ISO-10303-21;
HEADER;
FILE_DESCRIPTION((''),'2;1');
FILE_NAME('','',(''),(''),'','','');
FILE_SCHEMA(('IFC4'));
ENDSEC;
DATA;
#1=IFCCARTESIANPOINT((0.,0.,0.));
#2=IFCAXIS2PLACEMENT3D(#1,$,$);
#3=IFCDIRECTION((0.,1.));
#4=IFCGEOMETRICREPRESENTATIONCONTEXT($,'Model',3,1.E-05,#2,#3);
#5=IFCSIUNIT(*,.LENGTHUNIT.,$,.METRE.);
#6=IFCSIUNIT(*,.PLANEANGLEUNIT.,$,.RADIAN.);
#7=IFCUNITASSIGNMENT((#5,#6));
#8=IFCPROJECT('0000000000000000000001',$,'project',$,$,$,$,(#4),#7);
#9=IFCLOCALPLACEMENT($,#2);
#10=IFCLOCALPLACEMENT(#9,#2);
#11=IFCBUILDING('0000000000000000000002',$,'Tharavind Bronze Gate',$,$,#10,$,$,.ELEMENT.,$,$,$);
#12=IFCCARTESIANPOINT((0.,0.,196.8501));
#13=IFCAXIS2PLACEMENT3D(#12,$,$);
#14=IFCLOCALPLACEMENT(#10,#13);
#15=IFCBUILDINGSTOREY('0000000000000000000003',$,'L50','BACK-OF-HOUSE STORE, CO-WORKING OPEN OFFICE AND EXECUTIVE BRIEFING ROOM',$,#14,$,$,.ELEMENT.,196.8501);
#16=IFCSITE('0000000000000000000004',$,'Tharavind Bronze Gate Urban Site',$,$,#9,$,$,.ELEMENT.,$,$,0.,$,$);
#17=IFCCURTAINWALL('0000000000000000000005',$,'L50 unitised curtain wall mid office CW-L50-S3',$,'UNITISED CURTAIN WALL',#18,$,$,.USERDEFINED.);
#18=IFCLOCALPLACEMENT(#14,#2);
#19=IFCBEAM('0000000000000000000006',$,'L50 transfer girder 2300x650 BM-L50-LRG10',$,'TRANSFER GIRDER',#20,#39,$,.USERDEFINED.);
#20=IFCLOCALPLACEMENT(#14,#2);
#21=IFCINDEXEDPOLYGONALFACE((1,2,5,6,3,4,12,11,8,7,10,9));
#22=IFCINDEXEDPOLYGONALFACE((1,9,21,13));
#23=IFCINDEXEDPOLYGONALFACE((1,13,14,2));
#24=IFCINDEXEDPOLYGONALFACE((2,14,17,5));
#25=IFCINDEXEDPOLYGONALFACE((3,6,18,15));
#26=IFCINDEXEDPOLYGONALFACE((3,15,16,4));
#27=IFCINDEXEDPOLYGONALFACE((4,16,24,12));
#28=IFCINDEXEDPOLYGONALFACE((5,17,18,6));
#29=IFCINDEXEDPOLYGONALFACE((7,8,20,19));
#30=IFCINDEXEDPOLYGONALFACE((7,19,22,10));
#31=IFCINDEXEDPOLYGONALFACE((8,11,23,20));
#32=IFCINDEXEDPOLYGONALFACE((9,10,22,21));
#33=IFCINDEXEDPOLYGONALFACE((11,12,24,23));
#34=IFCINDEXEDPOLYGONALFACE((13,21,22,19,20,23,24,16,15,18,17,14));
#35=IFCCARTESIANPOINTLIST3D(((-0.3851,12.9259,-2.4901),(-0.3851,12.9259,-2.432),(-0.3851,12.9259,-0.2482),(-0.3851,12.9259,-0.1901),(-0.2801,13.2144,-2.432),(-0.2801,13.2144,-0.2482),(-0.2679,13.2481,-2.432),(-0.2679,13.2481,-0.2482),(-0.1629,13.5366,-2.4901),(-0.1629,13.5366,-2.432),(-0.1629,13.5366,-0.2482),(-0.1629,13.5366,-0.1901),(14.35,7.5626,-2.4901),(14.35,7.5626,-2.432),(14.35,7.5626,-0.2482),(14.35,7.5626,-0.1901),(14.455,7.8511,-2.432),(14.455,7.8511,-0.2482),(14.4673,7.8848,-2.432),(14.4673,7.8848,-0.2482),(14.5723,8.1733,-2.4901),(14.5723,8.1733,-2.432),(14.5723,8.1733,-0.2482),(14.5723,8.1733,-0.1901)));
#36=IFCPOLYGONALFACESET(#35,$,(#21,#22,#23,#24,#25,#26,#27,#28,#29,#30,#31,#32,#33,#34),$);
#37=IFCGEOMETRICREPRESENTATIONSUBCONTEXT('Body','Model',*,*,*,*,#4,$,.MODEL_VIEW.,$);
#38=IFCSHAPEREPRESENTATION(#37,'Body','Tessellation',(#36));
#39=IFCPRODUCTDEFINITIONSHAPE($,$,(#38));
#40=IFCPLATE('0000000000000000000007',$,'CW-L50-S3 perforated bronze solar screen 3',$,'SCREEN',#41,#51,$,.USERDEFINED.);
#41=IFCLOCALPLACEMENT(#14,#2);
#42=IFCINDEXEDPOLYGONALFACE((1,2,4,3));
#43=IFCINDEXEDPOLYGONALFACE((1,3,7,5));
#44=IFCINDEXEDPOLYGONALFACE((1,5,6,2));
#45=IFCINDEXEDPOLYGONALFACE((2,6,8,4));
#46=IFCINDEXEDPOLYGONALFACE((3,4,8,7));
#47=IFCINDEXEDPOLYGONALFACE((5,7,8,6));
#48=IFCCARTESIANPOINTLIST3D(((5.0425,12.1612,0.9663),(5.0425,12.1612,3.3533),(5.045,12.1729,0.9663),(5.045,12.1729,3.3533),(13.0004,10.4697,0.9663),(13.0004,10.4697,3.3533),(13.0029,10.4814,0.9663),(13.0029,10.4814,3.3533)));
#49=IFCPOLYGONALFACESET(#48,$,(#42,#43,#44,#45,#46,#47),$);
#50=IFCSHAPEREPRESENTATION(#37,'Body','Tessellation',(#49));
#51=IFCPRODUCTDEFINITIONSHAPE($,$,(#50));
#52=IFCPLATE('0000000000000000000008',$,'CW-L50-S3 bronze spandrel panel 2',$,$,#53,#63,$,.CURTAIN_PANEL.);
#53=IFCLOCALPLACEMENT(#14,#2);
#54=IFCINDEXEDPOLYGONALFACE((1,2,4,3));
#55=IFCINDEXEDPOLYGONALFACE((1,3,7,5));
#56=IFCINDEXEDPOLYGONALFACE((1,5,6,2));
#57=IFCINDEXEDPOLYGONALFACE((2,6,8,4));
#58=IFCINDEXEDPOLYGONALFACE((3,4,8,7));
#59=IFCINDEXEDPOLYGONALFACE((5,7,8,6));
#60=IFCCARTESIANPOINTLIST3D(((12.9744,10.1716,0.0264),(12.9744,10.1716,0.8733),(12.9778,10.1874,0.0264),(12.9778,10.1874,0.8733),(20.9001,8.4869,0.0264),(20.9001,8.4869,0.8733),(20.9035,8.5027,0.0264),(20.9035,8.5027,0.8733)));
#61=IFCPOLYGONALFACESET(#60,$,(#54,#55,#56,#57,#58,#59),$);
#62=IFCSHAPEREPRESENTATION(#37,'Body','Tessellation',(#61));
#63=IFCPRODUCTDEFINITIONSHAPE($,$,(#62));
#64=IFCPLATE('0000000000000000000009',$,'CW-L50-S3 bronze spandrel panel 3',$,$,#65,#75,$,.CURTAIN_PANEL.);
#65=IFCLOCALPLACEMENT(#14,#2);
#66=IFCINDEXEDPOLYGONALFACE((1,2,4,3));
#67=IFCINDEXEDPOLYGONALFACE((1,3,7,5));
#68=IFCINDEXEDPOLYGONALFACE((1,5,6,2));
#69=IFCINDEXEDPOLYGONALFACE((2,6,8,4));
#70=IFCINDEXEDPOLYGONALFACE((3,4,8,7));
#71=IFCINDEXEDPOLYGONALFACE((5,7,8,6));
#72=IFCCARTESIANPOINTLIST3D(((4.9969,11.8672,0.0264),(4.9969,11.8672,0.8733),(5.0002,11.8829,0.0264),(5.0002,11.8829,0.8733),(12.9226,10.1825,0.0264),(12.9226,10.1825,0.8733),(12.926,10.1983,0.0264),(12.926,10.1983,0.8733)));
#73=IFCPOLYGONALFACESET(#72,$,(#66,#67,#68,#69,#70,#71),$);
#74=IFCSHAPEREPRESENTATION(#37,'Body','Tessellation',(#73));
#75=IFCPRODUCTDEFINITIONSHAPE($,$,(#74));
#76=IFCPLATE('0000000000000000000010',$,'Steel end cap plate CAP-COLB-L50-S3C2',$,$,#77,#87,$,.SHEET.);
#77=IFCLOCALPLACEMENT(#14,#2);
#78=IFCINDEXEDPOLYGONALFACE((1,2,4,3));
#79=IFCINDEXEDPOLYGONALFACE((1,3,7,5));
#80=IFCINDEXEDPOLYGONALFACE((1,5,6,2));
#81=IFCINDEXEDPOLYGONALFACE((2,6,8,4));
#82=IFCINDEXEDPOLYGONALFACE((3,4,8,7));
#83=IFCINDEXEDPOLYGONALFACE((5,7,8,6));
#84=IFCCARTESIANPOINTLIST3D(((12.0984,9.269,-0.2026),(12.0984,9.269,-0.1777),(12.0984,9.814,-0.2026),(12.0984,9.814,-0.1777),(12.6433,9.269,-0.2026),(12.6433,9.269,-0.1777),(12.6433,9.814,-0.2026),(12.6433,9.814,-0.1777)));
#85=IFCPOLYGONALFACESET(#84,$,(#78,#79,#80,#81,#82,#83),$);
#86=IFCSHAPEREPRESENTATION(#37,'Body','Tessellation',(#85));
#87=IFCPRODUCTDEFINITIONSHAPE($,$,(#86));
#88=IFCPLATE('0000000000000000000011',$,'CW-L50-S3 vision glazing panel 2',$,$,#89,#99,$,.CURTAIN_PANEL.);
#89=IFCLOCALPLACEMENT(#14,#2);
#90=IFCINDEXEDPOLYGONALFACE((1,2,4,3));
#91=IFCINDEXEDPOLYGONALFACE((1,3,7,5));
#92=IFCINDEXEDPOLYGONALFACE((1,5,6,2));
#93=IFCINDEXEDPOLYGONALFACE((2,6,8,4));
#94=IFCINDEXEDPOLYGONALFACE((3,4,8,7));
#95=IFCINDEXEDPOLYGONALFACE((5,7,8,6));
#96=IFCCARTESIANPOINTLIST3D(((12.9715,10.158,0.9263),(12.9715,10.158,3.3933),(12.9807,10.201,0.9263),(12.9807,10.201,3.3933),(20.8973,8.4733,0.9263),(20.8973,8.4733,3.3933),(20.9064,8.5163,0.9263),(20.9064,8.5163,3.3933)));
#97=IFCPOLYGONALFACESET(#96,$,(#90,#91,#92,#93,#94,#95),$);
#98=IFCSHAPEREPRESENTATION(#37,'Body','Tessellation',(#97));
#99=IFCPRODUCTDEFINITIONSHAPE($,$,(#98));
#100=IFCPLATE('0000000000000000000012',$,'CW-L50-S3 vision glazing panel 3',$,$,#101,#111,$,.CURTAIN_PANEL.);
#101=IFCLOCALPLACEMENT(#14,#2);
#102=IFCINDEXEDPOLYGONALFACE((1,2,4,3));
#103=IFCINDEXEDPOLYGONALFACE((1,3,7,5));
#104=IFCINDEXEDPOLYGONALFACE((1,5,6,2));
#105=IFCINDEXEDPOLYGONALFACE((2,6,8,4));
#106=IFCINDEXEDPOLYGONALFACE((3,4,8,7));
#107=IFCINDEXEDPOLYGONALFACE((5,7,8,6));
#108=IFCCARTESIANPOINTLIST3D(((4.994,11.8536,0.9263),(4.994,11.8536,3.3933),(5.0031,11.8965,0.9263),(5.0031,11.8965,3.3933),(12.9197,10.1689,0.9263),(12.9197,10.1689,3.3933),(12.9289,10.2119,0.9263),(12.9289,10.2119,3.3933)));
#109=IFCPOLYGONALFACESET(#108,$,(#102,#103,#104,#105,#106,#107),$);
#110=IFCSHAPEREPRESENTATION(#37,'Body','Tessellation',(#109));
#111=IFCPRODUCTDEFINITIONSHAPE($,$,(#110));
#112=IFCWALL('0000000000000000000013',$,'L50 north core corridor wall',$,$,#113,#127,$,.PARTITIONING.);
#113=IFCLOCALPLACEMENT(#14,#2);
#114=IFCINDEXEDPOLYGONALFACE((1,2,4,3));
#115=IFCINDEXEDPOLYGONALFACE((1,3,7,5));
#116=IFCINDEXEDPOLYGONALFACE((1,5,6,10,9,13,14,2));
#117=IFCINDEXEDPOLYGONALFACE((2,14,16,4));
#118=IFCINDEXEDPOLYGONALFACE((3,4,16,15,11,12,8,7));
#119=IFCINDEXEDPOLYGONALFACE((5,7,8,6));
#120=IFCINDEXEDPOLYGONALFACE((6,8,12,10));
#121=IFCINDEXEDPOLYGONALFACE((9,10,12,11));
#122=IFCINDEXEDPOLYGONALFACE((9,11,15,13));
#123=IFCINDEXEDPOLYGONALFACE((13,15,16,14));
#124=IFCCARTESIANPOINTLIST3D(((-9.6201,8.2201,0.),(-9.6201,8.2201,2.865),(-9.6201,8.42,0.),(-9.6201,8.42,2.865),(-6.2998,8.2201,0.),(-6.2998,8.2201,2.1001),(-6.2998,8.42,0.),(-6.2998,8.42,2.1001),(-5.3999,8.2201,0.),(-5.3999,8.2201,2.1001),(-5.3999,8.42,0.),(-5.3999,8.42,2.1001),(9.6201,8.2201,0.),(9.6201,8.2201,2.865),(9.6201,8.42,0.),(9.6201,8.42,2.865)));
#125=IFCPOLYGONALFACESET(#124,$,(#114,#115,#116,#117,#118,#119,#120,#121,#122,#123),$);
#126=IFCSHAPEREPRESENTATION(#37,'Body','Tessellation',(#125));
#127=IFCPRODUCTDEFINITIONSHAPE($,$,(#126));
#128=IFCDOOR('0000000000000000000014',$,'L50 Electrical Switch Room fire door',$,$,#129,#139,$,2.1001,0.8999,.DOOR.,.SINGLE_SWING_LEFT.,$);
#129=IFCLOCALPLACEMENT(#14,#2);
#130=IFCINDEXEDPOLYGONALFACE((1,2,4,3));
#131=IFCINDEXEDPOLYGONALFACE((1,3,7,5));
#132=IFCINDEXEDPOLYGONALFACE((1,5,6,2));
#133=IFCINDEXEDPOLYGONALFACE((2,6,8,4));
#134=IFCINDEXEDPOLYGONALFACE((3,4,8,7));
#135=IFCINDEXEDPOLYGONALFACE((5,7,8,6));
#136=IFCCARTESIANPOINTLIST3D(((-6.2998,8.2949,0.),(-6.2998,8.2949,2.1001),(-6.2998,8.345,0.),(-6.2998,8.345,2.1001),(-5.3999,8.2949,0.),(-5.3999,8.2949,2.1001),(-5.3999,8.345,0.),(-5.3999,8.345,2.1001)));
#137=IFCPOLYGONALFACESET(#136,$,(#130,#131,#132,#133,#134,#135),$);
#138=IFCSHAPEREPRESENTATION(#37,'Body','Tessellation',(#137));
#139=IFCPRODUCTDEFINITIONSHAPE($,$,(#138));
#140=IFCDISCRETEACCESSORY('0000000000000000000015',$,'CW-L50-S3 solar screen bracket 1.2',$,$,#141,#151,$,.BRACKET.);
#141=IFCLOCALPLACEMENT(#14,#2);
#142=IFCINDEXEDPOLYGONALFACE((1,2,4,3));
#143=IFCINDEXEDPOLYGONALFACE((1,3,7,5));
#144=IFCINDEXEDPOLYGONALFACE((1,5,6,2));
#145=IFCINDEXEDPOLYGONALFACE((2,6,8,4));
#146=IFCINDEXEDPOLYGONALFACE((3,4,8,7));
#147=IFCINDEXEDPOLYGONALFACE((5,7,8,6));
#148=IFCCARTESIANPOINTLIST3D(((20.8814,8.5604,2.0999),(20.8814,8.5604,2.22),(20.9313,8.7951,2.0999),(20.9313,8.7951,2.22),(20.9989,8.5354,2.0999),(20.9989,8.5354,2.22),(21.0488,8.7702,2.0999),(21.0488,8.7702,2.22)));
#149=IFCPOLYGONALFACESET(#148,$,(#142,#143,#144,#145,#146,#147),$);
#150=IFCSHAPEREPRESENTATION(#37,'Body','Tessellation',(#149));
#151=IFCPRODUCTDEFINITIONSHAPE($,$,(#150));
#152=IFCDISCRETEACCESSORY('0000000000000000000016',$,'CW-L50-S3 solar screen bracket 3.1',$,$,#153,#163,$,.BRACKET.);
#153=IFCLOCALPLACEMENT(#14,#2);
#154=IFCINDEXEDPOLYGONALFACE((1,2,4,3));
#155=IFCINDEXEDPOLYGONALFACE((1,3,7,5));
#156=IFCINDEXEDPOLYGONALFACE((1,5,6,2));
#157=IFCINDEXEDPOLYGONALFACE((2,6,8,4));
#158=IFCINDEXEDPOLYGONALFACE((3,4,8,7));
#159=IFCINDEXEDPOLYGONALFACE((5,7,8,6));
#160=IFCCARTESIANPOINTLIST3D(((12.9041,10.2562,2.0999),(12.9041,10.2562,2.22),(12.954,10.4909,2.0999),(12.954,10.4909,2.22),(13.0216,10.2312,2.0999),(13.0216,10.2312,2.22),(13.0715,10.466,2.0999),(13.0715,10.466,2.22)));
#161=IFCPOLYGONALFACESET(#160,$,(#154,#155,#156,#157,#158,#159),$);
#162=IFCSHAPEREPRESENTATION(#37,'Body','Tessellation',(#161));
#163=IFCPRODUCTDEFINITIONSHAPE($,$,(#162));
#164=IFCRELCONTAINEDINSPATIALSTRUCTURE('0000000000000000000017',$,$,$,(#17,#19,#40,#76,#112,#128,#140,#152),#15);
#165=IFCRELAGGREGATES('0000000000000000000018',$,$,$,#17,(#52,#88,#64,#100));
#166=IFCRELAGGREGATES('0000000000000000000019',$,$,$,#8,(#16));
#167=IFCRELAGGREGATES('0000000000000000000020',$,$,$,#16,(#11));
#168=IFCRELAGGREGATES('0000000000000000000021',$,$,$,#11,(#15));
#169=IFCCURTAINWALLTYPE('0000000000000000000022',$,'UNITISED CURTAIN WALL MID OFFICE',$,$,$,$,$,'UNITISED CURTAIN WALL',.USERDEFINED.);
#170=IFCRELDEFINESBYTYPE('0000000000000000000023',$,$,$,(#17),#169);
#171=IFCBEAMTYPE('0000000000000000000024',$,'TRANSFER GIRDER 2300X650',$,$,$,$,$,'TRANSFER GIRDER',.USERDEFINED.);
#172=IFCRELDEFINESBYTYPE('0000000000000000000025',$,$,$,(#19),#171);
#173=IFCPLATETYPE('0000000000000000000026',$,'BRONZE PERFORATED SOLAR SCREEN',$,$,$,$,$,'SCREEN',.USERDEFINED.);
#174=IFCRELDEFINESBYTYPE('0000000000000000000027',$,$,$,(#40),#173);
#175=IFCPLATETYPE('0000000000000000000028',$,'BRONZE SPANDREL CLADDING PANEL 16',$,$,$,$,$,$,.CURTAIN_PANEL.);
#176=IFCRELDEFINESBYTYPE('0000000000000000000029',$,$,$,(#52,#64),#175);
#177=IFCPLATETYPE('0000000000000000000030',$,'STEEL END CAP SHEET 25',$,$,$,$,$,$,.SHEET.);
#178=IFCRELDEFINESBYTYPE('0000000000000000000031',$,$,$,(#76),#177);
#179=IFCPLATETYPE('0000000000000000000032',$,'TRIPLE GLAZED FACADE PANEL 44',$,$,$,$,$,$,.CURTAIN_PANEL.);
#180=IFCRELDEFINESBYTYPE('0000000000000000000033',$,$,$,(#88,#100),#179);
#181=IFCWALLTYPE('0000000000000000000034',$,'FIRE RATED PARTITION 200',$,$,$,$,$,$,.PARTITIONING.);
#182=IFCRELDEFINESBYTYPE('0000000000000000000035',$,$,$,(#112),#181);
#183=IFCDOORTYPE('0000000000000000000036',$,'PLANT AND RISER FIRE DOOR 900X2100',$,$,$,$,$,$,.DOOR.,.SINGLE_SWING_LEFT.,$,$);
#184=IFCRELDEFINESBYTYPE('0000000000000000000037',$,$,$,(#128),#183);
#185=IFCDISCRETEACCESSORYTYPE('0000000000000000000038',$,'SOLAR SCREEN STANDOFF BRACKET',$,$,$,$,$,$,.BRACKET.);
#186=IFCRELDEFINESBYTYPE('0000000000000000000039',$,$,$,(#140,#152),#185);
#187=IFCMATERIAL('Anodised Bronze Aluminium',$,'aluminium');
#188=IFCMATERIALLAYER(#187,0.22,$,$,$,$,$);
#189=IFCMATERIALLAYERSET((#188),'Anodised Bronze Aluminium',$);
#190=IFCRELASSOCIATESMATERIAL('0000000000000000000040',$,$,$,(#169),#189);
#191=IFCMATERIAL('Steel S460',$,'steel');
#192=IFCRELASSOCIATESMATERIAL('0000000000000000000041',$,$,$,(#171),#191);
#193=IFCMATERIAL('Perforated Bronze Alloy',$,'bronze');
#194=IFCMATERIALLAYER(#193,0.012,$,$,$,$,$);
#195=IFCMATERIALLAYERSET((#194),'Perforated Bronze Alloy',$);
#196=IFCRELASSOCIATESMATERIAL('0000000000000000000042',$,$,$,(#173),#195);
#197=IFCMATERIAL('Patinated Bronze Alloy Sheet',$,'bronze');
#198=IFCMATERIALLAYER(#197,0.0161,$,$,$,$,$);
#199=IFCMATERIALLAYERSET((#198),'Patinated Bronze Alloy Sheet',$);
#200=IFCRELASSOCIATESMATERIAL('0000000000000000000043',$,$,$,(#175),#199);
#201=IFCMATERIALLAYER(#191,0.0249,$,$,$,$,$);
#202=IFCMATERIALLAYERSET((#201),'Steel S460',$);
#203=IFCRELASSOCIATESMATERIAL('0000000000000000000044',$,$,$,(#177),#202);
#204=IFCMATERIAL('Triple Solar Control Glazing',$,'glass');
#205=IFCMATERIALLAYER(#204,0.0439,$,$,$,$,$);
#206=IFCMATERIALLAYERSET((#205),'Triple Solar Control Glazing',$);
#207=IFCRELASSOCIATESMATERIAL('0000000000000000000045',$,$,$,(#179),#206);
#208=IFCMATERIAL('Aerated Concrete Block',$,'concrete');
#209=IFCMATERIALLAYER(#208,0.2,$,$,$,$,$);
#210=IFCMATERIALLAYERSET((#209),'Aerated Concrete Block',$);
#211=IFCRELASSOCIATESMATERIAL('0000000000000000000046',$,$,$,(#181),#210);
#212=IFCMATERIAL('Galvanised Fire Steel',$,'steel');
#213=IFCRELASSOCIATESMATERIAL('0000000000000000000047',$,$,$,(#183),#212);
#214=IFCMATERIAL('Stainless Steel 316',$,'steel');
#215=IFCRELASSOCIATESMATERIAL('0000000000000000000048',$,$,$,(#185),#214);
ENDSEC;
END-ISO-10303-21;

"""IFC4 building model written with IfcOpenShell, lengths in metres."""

from ifc_helpers import new_model, si_unit, direction, frame, frame_2d, origin, origin_2d, place, context, subcontext, project, spatial, rectangle, i_section, extrude, material, layer, layer_set, material_profile, profile_set, type_object, element, fill, aggregate, save


model = new_model("IFC4")

# Units and contexts
model_context = context("Model", 3, precision=1e-05, world=origin(), true_north=direction((0.0, 1.0)))
body_context = subcontext(model_context, "Body", "Model", "MODEL_VIEW")
ifc_project = project(units=[si_unit("LENGTHUNIT", "METRE"), si_unit("PLANEANGLEUNIT", "RADIAN")], contexts=[model_context])

# Site, building, storey
site_placement = place(None, origin())
site = spatial("IfcSite", under=ifc_project, at=site_placement, Name="Tharavind Bronze Gate Urban Site", CompositionType="ELEMENT", RefElevation=0.0)
building_placement = place(site_placement, origin())
building = spatial("IfcBuilding", under=site, at=building_placement, Name="Tharavind Bronze Gate", CompositionType="ELEMENT")
storey_placement = place(building_placement, frame((0.0, 0.0, 196.8501)))
storey = spatial("IfcBuildingStorey", under=building, at=storey_placement, Name="L50", Description="BACK-OF-HOUSE STORE, CO-WORKING OPEN OFFICE AND EXECUTIVE BRIEFING ROOM", CompositionType="ELEMENT", Elevation=196.8501)

# Shared definitions
ifc_material_1 = material(Name="Steel S460", Category="steel")

# Curtain wall
ifc_material_2 = material(Name="Anodised Bronze Aluminium", Category="aluminium")
ifc_layer_1 = layer(ifc_material_2, 0.22)
ifc_layer_set_1 = layer_set([ifc_layer_1], Name="Anodised Bronze Aluminium")
curtain_wall_type = type_object("IfcCurtainWallType", Name="UNITISED CURTAIN WALL MID OFFICE", ElementType="UNITISED CURTAIN WALL", PredefinedType="USERDEFINED", material=ifc_layer_set_1)
curtain_wall_placement = place(storey_placement, origin())
curtain_wall = element("IfcCurtainWall", 1, at=curtain_wall_placement, inside=storey, type_object=curtain_wall_type, Name="L50 unitised curtain wall mid office CW-L50-S3", ObjectType="UNITISED CURTAIN WALL", PredefinedType="USERDEFINED")

# Beam
ifc_material_profile_1 = material_profile(ifc_material_1, i_section(OverallWidth=0.6499, OverallDepth=2.3, WebThickness=0.0359, FlangeThickness=0.0581, at=origin_2d()), Name="PG2300X650")
ifc_profile_set_1 = profile_set([ifc_material_profile_1], Name="Steel S460")
beam_type_1 = type_object("IfcBeamType", Name="TRANSFER GIRDER 2300X650", ElementType="TRANSFER GIRDER", PredefinedType="USERDEFINED", material=ifc_profile_set_1)
beam_1_placement = place(storey_placement, frame((14.4612, 7.8679, -1.3401), z_axis=(-0.93969, 0.342028, 0.0), x_axis=(-0.342028, -0.93969, 0.0)))
element("IfcBeam", 2, at=beam_1_placement, inside=storey, type_object=beam_type_1, Name="L50 transfer girder 2300x650 BM-L50-LRG10", ObjectType="TRANSFER GIRDER", PredefinedType="USERDEFINED", context=body_context, shape_type="SweptSolid", body=[
    extrude(i_section(OverallWidth=0.6499, OverallDepth=2.3, WebThickness=0.0359, FlangeThickness=0.0581, at=origin_2d()), origin(), (0.0, 0.0, 1.0), 15.6809),
])

# Plates
ifc_material_3 = material(Name="Perforated Bronze Alloy", Category="bronze")
ifc_layer_2 = layer(ifc_material_3, 0.012)
ifc_layer_set_2 = layer_set([ifc_layer_2], Name="Perforated Bronze Alloy")
plate_type_1 = type_object("IfcPlateType", Name="BRONZE PERFORATED SOLAR SCREEN", ElementType="SCREEN", PredefinedType="USERDEFINED", material=ifc_layer_set_2)
plate_1_placement = place(storey_placement, frame((9.0227, 11.3213, 0.9663), z_axis=(0.0, 0.0, 1.0), x_axis=(-0.978148, 0.207912, 0.0)))
element("IfcPlate", 3, at=plate_1_placement, inside=storey, type_object=plate_type_1, Name="CW-L50-S3 perforated bronze solar screen 3", ObjectType="SCREEN", PredefinedType="USERDEFINED", context=body_context, shape_type="SweptSolid", body=[
    extrude(rectangle(XDim=8.1357, YDim=0.012, at=origin_2d()), origin(), (0.0, 0.0, 1.0), 2.387),
])
ifc_material_4 = material(Name="Patinated Bronze Alloy Sheet", Category="bronze")
ifc_layer_3 = layer(ifc_material_4, 0.0161)
ifc_layer_set_3 = layer_set([ifc_layer_3], Name="Patinated Bronze Alloy Sheet")
plate_type_2 = type_object("IfcPlateType", Name="BRONZE SPANDREL CLADDING PANEL 16", PredefinedType="CURTAIN_PANEL", material=ifc_layer_set_3)
plate_2_placement = place(storey_placement, frame((16.939, 9.3372, 0.0264), z_axis=(0.0, 0.0, 1.0), x_axis=(-0.978148, 0.207912, 0.0)))
plate_2 = element("IfcPlate", 4, at=plate_2_placement, type_object=plate_type_2, Name="CW-L50-S3 bronze spandrel panel 2", PredefinedType="CURTAIN_PANEL", context=body_context, shape_type="SweptSolid", body=[
    extrude(rectangle(XDim=8.1028, YDim=0.0161, at=origin_2d()), origin(), (0.0, 0.0, 1.0), 0.8469),
])
plate_3_placement = place(storey_placement, frame((8.9614, 11.0327, 0.0264), z_axis=(0.0, 0.0, 1.0), x_axis=(-0.978148, 0.207912, 0.0)))
plate_3 = element("IfcPlate", 5, at=plate_3_placement, type_object=plate_type_2, Name="CW-L50-S3 bronze spandrel panel 3", PredefinedType="CURTAIN_PANEL", context=body_context, shape_type="SweptSolid", body=[
    extrude(rectangle(XDim=8.1028, YDim=0.0161, at=origin_2d()), origin(), (0.0, 0.0, 1.0), 0.8469),
])
ifc_layer_4 = layer(ifc_material_1, 0.0249)
ifc_layer_set_4 = layer_set([ifc_layer_4], Name="Steel S460")
plate_type_3 = type_object("IfcPlateType", Name="STEEL END CAP SHEET 25", PredefinedType="SHEET", material=ifc_layer_set_4)
plate_4_placement = place(storey_placement, frame((12.3708, 9.5415, -0.2026), z_axis=(0.0, 0.0, 1.0), x_axis=(1.0, 0.0, 0.0)))
element("IfcPlate", 6, at=plate_4_placement, inside=storey, type_object=plate_type_3, Name="Steel end cap plate CAP-COLB-L50-S3C2", PredefinedType="SHEET", context=body_context, shape_type="SweptSolid", body=[
    extrude(rectangle(XDim=0.5449, YDim=0.5449, at=origin_2d()), origin(), (0.0, 0.0, 1.0), 0.0249),
])
ifc_material_5 = material(Name="Triple Solar Control Glazing", Category="glass")
ifc_layer_5 = layer(ifc_material_5, 0.0439)
ifc_layer_set_5 = layer_set([ifc_layer_5], Name="Triple Solar Control Glazing")
plate_type_4 = type_object("IfcPlateType", Name="TRIPLE GLAZED FACADE PANEL 44", PredefinedType="CURTAIN_PANEL", material=ifc_layer_set_5)
plate_5_placement = place(storey_placement, frame((16.939, 9.3372, 0.9263), z_axis=(0.0, 0.0, 1.0), x_axis=(-0.978148, 0.207912, 0.0)))
plate_5 = element("IfcPlate", 7, at=plate_5_placement, type_object=plate_type_4, Name="CW-L50-S3 vision glazing panel 2", PredefinedType="CURTAIN_PANEL", context=body_context, shape_type="SweptSolid", body=[
    extrude(rectangle(XDim=8.1028, YDim=0.0439, at=origin_2d()), origin(), (0.0, 0.0, 1.0), 2.467),
])
plate_6_placement = place(storey_placement, frame((8.9614, 11.0327, 0.9263), z_axis=(0.0, 0.0, 1.0), x_axis=(-0.978148, 0.207912, 0.0)))
plate_6 = element("IfcPlate", 8, at=plate_6_placement, type_object=plate_type_4, Name="CW-L50-S3 vision glazing panel 3", PredefinedType="CURTAIN_PANEL", context=body_context, shape_type="SweptSolid", body=[
    extrude(rectangle(XDim=8.1028, YDim=0.0439, at=origin_2d()), origin(), (0.0, 0.0, 1.0), 2.467),
])
aggregate(curtain_wall, [plate_2, plate_5, plate_3, plate_6])

# Wall, opening, door
ifc_material_6 = material(Name="Aerated Concrete Block", Category="concrete")
ifc_layer_6 = layer(ifc_material_6, 0.2)
ifc_layer_set_6 = layer_set([ifc_layer_6], Name="Aerated Concrete Block")
wall_type = type_object("IfcWallType", Name="FIRE RATED PARTITION 200", PredefinedType="PARTITIONING", material=ifc_layer_set_6)
wall_1_placement = place(storey_placement, frame((9.6201, 8.3201, 0.0), z_axis=(0.0, 0.0, 1.0), x_axis=(-1.0, 0.0, 0.0)))
wall_1 = element("IfcWall", 9, at=wall_1_placement, inside=storey, type_object=wall_type, Name="L50 north core corridor wall", PredefinedType="PARTITIONING", context=body_context, shape_type="SweptSolid", body=[
    extrude(rectangle(XDim=19.2402, YDim=0.2, at=frame_2d((9.6201, 0.0))), origin(), (0.0, 0.0, 1.0), 2.865),
])
opening_1_placement = place(wall_1_placement, frame((15.02, 0.0, 0.0)))
opening_1 = element("IfcOpeningElement", 10, at=opening_1_placement, cuts=wall_1, PredefinedType="OPENING", context=body_context, shape_type="SweptSolid", body=[
    extrude(rectangle(XDim=0.8999, YDim=2.1001, at=frame_2d((0.45, 1.05))), frame((0.0, 0.1101, 0.0), z_axis=(0.0, -1.0, 0.0), x_axis=(1.0, 0.0, 0.0)), (0.0, 0.0, 1.0), 0.22),
])
ifc_material_7 = material(Name="Galvanised Fire Steel", Category="steel")
door_type_1 = type_object("IfcDoorType", Name="PLANT AND RISER FIRE DOOR 900X2100", OperationType="SINGLE_SWING_LEFT", PredefinedType="DOOR", material=ifc_material_7)
door_1_placement = place(opening_1_placement, frame((0.8999, 0.0, 0.0), z_axis=(0.0, 0.0, 1.0), x_axis=(-1.0, 0.0, 0.0)))
door_1 = element("IfcDoor", 11, at=door_1_placement, inside=storey, type_object=door_type_1, Name="L50 Electrical Switch Room fire door", OperationType="SINGLE_SWING_LEFT", OverallHeight=2.1001, OverallWidth=0.8999, PredefinedType="DOOR", context=body_context, shape_type="SweptSolid", body=[
    extrude(rectangle(XDim=0.8999, YDim=2.1001, at=frame_2d((0.45, 1.05))), frame((0.0, 0.0249, 0.0), z_axis=(0.0, -1.0, 0.0), x_axis=(1.0, 0.0, 0.0)), (0.0, 0.0, 1.0), 0.05),
])
fill(opening_1, door_1)

# Discrete accessories
ifc_material_8 = material(Name="Stainless Steel 316", Category="steel")
discrete_accessory_type = type_object("IfcDiscreteAccessoryType", Name="SOLAR SCREEN STANDOFF BRACKET", PredefinedType="BRACKET", material=ifc_material_8)
for number, where, z_axis, x_axis, name in (
    (12, (20.9651, 8.6653, 2.0999), (0.0, 0.0, 1.0), (-0.978148, 0.207912, 0.0), "CW-L50-S3 solar screen bracket 1.2"),
    (13, (12.9878, 10.3611, 2.0999), (0.0, 0.0, 1.0), (-0.978148, 0.207912, 0.0), "CW-L50-S3 solar screen bracket 3.1"),
):
    element("IfcDiscreteAccessory", number, at=place(storey_placement, frame(where, z_axis=z_axis, x_axis=x_axis)), inside=storey, type_object=discrete_accessory_type, Name=name, PredefinedType="BRACKET", context=body_context, shape_type="SweptSolid", body=[
        extrude(rectangle(XDim=0.1201, YDim=0.24, at=origin_2d()), origin(), (0.0, 0.0, 1.0), 0.1201),
    ])

save(model, "model.ifc")
